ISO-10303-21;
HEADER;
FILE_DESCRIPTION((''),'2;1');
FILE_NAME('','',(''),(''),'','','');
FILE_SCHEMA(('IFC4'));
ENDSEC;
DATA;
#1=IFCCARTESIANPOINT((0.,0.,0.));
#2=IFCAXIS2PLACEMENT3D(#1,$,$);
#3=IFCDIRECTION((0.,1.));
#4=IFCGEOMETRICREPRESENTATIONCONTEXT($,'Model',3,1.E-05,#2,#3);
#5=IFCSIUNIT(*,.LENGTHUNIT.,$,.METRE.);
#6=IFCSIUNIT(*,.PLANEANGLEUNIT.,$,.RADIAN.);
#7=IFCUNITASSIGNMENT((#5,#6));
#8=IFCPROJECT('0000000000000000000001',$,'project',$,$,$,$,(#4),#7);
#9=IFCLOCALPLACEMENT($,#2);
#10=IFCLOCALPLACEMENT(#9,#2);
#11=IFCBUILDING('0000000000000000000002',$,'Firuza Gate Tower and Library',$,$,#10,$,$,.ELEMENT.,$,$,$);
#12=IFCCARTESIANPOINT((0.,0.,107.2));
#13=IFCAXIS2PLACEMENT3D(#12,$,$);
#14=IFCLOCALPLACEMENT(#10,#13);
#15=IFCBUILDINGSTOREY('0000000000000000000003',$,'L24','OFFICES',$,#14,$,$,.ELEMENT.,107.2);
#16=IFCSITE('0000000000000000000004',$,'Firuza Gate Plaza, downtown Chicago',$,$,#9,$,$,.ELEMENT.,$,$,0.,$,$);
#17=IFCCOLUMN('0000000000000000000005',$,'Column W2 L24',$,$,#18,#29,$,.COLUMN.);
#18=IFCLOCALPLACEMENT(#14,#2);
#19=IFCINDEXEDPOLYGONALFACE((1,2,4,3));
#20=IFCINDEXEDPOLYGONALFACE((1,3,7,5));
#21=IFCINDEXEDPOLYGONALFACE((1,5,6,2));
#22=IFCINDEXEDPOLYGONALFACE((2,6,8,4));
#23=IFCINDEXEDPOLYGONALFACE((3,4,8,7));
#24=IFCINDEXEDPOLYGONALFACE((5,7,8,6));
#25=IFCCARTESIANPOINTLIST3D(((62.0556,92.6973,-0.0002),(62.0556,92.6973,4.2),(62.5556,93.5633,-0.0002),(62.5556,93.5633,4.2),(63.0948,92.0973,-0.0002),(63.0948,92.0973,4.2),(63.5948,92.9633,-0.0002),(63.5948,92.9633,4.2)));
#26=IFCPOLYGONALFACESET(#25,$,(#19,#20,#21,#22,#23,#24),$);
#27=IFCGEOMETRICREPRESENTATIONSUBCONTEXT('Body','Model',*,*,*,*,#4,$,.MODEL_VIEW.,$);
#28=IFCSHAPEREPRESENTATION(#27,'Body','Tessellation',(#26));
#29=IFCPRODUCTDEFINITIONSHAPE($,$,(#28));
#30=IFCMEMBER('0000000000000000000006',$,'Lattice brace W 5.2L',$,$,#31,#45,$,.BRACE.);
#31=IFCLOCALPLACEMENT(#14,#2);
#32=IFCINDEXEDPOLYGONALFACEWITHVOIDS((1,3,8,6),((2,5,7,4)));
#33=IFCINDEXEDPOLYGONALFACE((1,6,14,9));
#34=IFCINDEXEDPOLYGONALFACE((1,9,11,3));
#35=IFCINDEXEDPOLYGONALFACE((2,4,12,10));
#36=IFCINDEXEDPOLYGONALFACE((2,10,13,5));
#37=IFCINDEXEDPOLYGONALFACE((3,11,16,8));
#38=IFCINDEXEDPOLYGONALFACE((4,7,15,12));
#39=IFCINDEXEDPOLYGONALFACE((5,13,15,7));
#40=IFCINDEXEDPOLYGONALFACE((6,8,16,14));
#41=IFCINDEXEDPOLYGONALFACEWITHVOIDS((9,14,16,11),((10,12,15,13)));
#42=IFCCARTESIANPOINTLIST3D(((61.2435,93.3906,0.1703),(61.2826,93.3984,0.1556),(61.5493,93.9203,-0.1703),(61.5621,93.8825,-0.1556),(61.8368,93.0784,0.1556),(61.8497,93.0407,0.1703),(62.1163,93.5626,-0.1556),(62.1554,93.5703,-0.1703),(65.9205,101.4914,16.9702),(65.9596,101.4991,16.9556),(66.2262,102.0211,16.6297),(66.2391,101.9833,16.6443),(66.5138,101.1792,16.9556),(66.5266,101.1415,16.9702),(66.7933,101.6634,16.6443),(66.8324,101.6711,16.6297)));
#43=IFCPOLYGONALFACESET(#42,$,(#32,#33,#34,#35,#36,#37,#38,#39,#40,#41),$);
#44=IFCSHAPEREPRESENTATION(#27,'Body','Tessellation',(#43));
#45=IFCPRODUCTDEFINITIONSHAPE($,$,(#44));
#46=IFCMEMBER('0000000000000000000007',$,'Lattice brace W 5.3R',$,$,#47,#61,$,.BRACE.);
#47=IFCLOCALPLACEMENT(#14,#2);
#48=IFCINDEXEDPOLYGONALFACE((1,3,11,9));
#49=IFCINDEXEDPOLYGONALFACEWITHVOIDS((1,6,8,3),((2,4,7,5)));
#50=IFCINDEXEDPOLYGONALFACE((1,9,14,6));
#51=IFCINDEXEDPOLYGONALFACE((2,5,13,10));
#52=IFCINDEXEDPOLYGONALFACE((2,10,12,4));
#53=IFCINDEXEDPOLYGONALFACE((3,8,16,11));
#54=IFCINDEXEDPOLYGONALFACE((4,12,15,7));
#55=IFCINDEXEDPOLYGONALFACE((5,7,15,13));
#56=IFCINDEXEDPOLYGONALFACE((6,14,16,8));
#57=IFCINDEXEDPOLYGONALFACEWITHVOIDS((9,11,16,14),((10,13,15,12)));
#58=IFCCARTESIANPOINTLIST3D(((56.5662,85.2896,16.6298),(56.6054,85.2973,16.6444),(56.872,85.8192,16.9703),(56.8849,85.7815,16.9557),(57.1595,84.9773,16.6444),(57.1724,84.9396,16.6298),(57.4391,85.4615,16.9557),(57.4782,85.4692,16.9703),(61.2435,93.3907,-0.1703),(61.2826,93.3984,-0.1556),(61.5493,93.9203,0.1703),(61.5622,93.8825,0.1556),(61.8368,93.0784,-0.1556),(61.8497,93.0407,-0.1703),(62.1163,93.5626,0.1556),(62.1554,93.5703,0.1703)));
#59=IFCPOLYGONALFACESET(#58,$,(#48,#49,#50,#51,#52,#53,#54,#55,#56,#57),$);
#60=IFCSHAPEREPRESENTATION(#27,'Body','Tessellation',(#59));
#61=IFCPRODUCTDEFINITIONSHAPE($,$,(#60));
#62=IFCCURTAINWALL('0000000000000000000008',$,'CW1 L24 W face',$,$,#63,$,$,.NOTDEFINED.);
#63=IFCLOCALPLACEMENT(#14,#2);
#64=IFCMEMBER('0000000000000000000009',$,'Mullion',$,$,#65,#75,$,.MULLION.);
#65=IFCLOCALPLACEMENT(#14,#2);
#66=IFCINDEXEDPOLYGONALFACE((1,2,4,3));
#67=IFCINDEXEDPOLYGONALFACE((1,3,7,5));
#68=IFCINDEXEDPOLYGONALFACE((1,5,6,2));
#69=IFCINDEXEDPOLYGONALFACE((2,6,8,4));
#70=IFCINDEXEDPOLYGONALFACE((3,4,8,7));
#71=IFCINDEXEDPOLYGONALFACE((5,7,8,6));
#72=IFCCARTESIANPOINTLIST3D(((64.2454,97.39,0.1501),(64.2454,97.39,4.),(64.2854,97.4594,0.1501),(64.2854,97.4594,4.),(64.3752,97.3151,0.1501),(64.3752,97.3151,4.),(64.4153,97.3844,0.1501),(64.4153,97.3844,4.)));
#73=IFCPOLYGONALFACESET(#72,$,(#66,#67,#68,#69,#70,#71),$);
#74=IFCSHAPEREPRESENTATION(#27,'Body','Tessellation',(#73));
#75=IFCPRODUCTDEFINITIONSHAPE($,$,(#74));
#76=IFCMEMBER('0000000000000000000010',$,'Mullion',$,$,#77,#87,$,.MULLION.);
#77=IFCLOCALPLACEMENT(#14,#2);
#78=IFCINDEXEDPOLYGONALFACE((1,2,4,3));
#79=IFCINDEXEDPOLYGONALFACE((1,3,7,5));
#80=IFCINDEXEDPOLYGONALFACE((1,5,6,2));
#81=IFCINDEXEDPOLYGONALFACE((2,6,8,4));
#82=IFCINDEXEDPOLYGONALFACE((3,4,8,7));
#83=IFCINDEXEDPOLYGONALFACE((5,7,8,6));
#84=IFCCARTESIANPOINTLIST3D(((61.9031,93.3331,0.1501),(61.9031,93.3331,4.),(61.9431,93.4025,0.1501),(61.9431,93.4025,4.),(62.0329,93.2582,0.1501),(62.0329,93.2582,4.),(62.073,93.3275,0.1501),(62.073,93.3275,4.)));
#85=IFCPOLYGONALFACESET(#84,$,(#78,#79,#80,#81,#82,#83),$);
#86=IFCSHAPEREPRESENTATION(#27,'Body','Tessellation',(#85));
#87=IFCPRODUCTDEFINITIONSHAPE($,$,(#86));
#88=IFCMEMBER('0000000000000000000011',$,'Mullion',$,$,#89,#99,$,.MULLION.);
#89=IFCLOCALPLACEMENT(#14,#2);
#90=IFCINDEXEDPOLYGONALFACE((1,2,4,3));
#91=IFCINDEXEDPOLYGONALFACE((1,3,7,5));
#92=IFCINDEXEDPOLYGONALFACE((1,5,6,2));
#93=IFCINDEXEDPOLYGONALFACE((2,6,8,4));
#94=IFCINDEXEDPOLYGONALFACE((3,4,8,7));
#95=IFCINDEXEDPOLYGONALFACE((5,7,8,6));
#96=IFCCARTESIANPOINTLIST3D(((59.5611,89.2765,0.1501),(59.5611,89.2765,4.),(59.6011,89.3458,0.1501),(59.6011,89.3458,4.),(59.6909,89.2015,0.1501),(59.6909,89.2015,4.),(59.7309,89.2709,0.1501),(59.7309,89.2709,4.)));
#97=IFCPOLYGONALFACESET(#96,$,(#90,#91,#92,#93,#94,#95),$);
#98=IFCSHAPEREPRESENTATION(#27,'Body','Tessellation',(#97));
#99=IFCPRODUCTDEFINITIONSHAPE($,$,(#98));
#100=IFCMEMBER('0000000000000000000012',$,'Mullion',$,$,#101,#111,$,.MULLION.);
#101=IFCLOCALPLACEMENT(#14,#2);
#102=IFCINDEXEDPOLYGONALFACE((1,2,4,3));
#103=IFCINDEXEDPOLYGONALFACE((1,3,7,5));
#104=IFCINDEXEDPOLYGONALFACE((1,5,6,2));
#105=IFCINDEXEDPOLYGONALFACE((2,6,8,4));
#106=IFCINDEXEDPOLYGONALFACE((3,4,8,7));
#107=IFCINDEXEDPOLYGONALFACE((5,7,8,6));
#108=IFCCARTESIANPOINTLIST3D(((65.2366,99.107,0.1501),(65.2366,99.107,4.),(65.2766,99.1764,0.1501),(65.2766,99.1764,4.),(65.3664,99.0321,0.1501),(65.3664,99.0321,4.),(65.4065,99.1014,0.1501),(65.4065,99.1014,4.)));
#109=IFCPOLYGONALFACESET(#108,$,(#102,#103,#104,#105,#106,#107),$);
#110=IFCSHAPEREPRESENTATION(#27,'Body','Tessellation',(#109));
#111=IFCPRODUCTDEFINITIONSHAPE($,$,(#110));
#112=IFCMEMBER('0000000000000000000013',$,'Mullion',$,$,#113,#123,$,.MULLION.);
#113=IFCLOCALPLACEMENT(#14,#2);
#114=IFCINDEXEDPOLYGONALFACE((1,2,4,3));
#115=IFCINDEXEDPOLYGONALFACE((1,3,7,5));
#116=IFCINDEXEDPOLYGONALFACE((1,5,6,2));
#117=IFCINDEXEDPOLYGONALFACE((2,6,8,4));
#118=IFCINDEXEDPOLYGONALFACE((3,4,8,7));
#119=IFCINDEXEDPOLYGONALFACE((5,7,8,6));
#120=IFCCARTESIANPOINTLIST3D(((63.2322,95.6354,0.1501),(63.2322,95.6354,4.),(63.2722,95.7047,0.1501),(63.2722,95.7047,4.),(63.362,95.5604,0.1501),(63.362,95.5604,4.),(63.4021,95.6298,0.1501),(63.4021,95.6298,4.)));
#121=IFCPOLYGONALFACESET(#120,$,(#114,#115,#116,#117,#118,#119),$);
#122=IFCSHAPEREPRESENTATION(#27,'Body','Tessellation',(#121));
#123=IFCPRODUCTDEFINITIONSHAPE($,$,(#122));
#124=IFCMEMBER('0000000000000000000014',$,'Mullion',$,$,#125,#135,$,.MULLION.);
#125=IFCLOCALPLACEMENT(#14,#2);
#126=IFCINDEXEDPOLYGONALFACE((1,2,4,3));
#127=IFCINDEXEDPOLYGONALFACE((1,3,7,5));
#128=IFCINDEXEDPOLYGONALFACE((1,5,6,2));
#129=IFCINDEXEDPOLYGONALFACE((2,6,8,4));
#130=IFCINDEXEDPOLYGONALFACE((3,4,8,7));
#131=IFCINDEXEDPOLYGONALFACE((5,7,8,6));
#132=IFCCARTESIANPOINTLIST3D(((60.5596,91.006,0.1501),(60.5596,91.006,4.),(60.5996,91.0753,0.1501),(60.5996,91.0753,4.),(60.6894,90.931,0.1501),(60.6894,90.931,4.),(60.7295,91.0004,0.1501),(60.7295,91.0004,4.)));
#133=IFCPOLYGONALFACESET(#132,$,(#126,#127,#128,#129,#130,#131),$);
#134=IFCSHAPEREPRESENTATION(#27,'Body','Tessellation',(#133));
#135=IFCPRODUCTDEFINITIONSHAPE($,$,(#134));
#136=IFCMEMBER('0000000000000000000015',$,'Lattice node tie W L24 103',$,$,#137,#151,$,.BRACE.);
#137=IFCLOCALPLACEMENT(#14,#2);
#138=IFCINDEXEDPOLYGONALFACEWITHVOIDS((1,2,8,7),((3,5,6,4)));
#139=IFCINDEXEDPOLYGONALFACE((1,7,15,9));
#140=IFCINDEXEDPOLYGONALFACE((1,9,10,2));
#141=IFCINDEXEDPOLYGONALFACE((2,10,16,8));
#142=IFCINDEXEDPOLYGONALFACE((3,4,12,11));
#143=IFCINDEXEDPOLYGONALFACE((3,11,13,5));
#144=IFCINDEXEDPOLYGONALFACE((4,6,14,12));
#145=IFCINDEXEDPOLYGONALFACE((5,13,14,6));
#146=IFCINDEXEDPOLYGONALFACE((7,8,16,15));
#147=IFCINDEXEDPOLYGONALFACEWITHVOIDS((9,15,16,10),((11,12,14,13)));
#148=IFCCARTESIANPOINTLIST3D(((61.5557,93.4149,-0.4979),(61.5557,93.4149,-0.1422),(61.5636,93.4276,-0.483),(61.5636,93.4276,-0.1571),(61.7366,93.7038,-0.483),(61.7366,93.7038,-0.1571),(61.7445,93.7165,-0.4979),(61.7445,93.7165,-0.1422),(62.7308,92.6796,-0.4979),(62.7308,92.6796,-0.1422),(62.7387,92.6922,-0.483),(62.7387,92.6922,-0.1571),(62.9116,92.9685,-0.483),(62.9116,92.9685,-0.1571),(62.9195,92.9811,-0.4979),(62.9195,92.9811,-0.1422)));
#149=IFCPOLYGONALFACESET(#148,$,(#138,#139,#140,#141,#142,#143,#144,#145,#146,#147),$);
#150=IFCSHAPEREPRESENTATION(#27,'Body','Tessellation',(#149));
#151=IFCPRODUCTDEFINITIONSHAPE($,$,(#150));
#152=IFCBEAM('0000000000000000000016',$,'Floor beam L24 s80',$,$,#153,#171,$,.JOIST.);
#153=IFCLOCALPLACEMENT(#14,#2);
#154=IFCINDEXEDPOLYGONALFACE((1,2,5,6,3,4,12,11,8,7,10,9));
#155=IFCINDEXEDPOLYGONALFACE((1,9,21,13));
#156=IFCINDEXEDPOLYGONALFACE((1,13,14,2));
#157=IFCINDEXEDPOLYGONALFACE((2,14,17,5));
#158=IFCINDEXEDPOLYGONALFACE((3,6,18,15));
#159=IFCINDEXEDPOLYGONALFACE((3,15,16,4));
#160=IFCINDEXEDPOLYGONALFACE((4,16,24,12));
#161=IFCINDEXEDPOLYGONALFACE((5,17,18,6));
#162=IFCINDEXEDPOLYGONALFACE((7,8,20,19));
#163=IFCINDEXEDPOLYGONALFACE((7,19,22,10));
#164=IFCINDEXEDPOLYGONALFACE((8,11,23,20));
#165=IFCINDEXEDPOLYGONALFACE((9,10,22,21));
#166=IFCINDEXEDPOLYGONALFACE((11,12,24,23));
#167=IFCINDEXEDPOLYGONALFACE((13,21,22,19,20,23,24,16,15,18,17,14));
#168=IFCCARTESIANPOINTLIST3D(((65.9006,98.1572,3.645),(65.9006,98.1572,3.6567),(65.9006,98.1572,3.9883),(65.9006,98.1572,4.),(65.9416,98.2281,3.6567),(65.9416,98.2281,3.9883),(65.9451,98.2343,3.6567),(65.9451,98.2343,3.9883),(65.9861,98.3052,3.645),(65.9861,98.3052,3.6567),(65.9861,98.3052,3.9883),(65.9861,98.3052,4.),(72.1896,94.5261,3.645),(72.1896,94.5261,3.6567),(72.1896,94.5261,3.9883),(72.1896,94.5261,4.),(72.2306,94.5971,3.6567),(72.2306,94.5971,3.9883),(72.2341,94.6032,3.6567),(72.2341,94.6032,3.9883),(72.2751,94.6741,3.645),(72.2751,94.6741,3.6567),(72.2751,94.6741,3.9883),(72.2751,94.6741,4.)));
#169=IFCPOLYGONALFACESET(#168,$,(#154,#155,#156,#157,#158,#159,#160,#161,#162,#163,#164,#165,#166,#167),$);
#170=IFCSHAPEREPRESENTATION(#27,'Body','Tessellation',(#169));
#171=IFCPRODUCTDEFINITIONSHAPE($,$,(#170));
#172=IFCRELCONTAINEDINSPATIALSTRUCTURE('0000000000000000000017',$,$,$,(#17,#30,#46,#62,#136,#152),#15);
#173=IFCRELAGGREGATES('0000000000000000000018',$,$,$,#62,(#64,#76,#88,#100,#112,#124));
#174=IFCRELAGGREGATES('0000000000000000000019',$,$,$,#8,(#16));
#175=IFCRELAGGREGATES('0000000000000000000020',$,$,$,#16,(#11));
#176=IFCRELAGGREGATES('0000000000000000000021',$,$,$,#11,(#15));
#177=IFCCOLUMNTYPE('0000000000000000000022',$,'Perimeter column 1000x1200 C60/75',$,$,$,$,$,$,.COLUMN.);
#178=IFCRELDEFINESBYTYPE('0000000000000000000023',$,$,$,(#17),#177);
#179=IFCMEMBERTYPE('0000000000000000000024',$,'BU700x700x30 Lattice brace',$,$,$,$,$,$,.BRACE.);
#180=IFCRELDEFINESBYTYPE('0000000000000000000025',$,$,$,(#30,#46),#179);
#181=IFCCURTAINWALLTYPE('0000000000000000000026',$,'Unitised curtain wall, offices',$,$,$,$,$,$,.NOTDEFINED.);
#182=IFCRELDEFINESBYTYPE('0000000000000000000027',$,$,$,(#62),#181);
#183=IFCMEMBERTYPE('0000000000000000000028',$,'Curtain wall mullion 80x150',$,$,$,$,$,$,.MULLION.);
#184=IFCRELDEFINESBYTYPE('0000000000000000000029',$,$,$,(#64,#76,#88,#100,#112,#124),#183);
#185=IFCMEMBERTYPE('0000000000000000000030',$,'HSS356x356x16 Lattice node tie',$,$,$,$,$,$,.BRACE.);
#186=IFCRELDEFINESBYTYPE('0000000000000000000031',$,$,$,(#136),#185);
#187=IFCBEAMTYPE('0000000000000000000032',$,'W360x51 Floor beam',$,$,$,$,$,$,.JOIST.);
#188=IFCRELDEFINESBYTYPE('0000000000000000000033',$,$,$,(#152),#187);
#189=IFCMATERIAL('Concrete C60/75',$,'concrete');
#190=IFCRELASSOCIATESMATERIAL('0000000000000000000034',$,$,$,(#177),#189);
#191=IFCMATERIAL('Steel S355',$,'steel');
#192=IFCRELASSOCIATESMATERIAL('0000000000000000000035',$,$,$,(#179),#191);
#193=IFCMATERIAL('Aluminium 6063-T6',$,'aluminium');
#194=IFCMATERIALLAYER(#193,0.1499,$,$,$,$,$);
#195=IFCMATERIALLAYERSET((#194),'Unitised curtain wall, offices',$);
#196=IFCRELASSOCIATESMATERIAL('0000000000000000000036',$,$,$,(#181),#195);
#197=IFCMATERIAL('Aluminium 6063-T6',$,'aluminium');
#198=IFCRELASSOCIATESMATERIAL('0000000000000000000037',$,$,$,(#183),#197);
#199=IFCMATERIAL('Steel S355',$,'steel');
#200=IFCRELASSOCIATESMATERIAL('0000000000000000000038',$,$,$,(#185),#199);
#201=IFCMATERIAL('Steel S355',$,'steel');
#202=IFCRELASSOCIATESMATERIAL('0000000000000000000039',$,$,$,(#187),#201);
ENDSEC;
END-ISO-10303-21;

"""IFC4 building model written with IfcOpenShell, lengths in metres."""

from ifc_helpers import new_model, si_unit, direction, frame, origin, origin_2d, place, context, subcontext, project, spatial, rectangle, hollow_rectangle, i_section, extrude, material, layer, layer_set, material_profile, profile_set, type_object, element, aggregate, save


model = new_model("IFC4")

# Units and contexts
model_context = context("Model", 3, precision=1e-05, world=origin(), true_north=direction((0.0, 1.0)))
body_context = subcontext(model_context, "Body", "Model", "MODEL_VIEW")
ifc_project = project(units=[si_unit("LENGTHUNIT", "METRE"), si_unit("PLANEANGLEUNIT", "RADIAN")], contexts=[model_context])

# Site, building, storey
site_placement = place(None, origin())
site = spatial("IfcSite", under=ifc_project, at=site_placement, Name="Firuza Gate Plaza, downtown Chicago", CompositionType="ELEMENT", RefElevation=0.0)
building_placement = place(site_placement, origin())
building = spatial("IfcBuilding", under=site, at=building_placement, Name="Firuza Gate Tower and Library", CompositionType="ELEMENT")
storey_placement = place(building_placement, frame((0.0, 0.0, 107.2)))
storey = spatial("IfcBuildingStorey", under=building, at=storey_placement, Name="L24", Description="OFFICES", CompositionType="ELEMENT", Elevation=107.2)

# Column
ifc_material_1 = material(Name="Concrete C60/75", Category="concrete")
ifc_material_profile_1 = material_profile(ifc_material_1, rectangle(XDim=1.0, YDim=1.2, at=origin_2d()))
ifc_profile_set_1 = profile_set([ifc_material_profile_1], Name="Concrete C60/75")
column_type = type_object("IfcColumnType", Name="Perimeter column 1000x1200 C60/75", PredefinedType="COLUMN", material=ifc_profile_set_1)
column_placement = place(storey_placement, frame((62.8252, 92.8303, -0.0002), z_axis=(0.0, 0.0, 1.0), x_axis=(-0.5, -0.866025, 0.0)))
element("IfcColumn", 1, at=column_placement, inside=storey, type_object=column_type, Name="Column W2 L24", PredefinedType="COLUMN", context=body_context, shape_type="SweptSolid", body=[
    extrude(rectangle(XDim=1.0, YDim=1.2, at=origin_2d()), origin(), (0.0, 0.0, 1.0), 4.2002),
])

# Members
ifc_material_2 = material(Name="Steel S355", Category="steel")
ifc_material_profile_2 = material_profile(ifc_material_2, hollow_rectangle(XDim=0.7, YDim=0.7, WallThickness=0.03, at=origin_2d()))
ifc_profile_set_2 = profile_set([ifc_material_profile_2], Name="Steel S355")
member_type_1 = type_object("IfcMemberType", Name="BU700x700x30 Lattice brace", PredefinedType="BRACE", material=ifc_profile_set_2)
member_1_placement = place(storey_placement, frame((61.6995, 93.4805, 0.0), z_axis=(0.243231, 0.42129, 0.873701), x_axis=(-0.866026, 0.499999, 0.0)))
element("IfcMember", 2, at=member_1_placement, inside=storey, type_object=member_type_1, Name="Lattice brace W 5.2L", PredefinedType="BRACE", context=body_context, shape_type="SweptSolid", body=[
    extrude(hollow_rectangle(XDim=0.7, YDim=0.7, WallThickness=0.03, at=origin_2d()), origin(), (0.0, 0.0, 1.0), 19.2285),
])
member_2_placement = place(storey_placement, frame((61.6995, 93.4805, 0.0), z_axis=(-0.243242, -0.4213, 0.873693), x_axis=(0.866021, -0.500007, 0.0)))
element("IfcMember", 3, at=member_2_placement, inside=storey, type_object=member_type_1, Name="Lattice brace W 5.3R", PredefinedType="BRACE", context=body_context, shape_type="SweptSolid", body=[
    extrude(hollow_rectangle(XDim=0.7, YDim=0.7, WallThickness=0.03, at=origin_2d()), origin(), (0.0, 0.0, 1.0), 19.2288),
])

# Curtain wall, members
ifc_material_3 = material(Name="Aluminium 6063-T6", Category="aluminium")
ifc_layer_1 = layer(ifc_material_3, 0.1499)
ifc_layer_set_1 = layer_set([ifc_layer_1], Name="Unitised curtain wall, offices")
curtain_wall_type = type_object("IfcCurtainWallType", Name="Unitised curtain wall, offices", PredefinedType="NOTDEFINED", material=ifc_layer_set_1)
placement = place(storey_placement, origin())
curtain_wall = element("IfcCurtainWall", 4, at=placement, inside=storey, type_object=curtain_wall_type, Name="CW1 L24 W face", PredefinedType="NOTDEFINED")
ifc_material_4 = material(Name="Aluminium 6063-T6", Category="aluminium")
ifc_material_profile_3 = material_profile(ifc_material_4, rectangle(XDim=0.1499, YDim=0.0801, at=origin_2d()))
ifc_profile_set_3 = profile_set([ifc_material_profile_3], Name="Aluminium 6063-T6")
member_type_2 = type_object("IfcMemberType", Name="Curtain wall mullion 80x150", PredefinedType="MULLION", material=ifc_profile_set_3)
member_3_placement = place(storey_placement, frame((64.3303, 97.3872, 0.1501), z_axis=(0.0, 0.0, 1.0), x_axis=(0.866025, -0.5, 0.0)))
member_3 = element("IfcMember", 5, at=member_3_placement, type_object=member_type_2, Name="Mullion", PredefinedType="MULLION", context=body_context, shape_type="SweptSolid", body=[
    extrude(rectangle(XDim=0.1499, YDim=0.0801, at=origin_2d()), origin(), (0.0, 0.0, 1.0), 3.8499),
])
member_4_placement = place(storey_placement, frame((61.988, 93.3303, 0.1501), z_axis=(0.0, 0.0, 1.0), x_axis=(0.866025, -0.5, 0.0)))
member_4 = element("IfcMember", 6, at=member_4_placement, type_object=member_type_2, Name="Mullion", PredefinedType="MULLION", context=body_context, shape_type="SweptSolid", body=[
    extrude(rectangle(XDim=0.1499, YDim=0.0801, at=origin_2d()), origin(), (0.0, 0.0, 1.0), 3.8499),
])
member_5_placement = place(storey_placement, frame((59.646, 89.2737, 0.1501), z_axis=(0.0, 0.0, 1.0), x_axis=(0.866025, -0.5, 0.0)))
member_5 = element("IfcMember", 7, at=member_5_placement, type_object=member_type_2, Name="Mullion", PredefinedType="MULLION", context=body_context, shape_type="SweptSolid", body=[
    extrude(rectangle(XDim=0.1499, YDim=0.0801, at=origin_2d()), origin(), (0.0, 0.0, 1.0), 3.8499),
])
member_6_placement = place(storey_placement, frame((65.3215, 99.1042, 0.1501), z_axis=(0.0, 0.0, 1.0), x_axis=(0.866025, -0.5, 0.0)))
member_6 = element("IfcMember", 8, at=member_6_placement, type_object=member_type_2, Name="Mullion", PredefinedType="MULLION", context=body_context, shape_type="SweptSolid", body=[
    extrude(rectangle(XDim=0.1499, YDim=0.0801, at=origin_2d()), origin(), (0.0, 0.0, 1.0), 3.8499),
])
member_7_placement = place(storey_placement, frame((63.3171, 95.6326, 0.1501), z_axis=(0.0, 0.0, 1.0), x_axis=(0.866025, -0.5, 0.0)))
member_7 = element("IfcMember", 9, at=member_7_placement, type_object=member_type_2, Name="Mullion", PredefinedType="MULLION", context=body_context, shape_type="SweptSolid", body=[
    extrude(rectangle(XDim=0.1499, YDim=0.0801, at=origin_2d()), origin(), (0.0, 0.0, 1.0), 3.8499),
])
member_8_placement = place(storey_placement, frame((60.6445, 91.0032, 0.1501), z_axis=(0.0, 0.0, 1.0), x_axis=(0.866025, -0.5, 0.0)))
member_8 = element("IfcMember", 10, at=member_8_placement, type_object=member_type_2, Name="Mullion", PredefinedType="MULLION", context=body_context, shape_type="SweptSolid", body=[
    extrude(rectangle(XDim=0.1499, YDim=0.0801, at=origin_2d()), origin(), (0.0, 0.0, 1.0), 3.8499),
])

# Member
ifc_material_5 = material(Name="Steel S355", Category="steel")
ifc_material_profile_4 = material_profile(ifc_material_5, hollow_rectangle(XDim=0.3557, YDim=0.3557, WallThickness=0.0149, at=origin_2d()))
ifc_profile_set_4 = profile_set([ifc_material_profile_4], Name="Steel S355")
member_type_3 = type_object("IfcMemberType", Name="HSS356x356x16 Lattice node tie", PredefinedType="BRACE", material=ifc_profile_set_4)
member_9_placement = place(storey_placement, frame((62.8252, 92.8303, -0.3201), z_axis=(-0.847691, 0.53049, 0.0), x_axis=(-0.53049, -0.847691, 0.0)))
element("IfcMember", 11, at=member_9_placement, inside=storey, type_object=member_type_3, Name="Lattice node tie W L24 103", PredefinedType="BRACE", context=body_context, shape_type="SweptSolid", body=[
    extrude(hollow_rectangle(XDim=0.3557, YDim=0.3557, WallThickness=0.0149, at=origin_2d()), origin(), (0.0, 0.0, 1.0), 1.3862),
])

# Beam
ifc_material_6 = material(Name="Steel S355", Category="steel")
ifc_material_profile_5 = material_profile(ifc_material_6, i_section(OverallWidth=0.1709, OverallDepth=0.355, WebThickness=0.0071, FlangeThickness=0.0117, at=origin_2d()))
ifc_profile_set_5 = profile_set([ifc_material_profile_5], Name="Steel S355")
beam_type_1 = type_object("IfcBeamType", Name="W360x51 Floor beam", PredefinedType="JOIST", material=ifc_profile_set_5)
beam_1_placement = place(storey_placement, frame((65.9434, 98.2312, 3.8225), z_axis=(0.866019, -0.500012, 0.0), x_axis=(0.500012, 0.866019, 0.0)))
element("IfcBeam", 12, at=beam_1_placement, inside=storey, type_object=beam_type_1, Name="Floor beam L24 s80", PredefinedType="JOIST", context=body_context, shape_type="SweptSolid", body=[
    extrude(i_section(OverallWidth=0.1709, OverallDepth=0.355, WebThickness=0.0071, FlangeThickness=0.0117, at=origin_2d()), origin(), (0.0, 0.0, 1.0), 7.262),
])

aggregate(curtain_wall, [member_3, member_4, member_5, member_6, member_7, member_8])

save(model, "model.ifc")
